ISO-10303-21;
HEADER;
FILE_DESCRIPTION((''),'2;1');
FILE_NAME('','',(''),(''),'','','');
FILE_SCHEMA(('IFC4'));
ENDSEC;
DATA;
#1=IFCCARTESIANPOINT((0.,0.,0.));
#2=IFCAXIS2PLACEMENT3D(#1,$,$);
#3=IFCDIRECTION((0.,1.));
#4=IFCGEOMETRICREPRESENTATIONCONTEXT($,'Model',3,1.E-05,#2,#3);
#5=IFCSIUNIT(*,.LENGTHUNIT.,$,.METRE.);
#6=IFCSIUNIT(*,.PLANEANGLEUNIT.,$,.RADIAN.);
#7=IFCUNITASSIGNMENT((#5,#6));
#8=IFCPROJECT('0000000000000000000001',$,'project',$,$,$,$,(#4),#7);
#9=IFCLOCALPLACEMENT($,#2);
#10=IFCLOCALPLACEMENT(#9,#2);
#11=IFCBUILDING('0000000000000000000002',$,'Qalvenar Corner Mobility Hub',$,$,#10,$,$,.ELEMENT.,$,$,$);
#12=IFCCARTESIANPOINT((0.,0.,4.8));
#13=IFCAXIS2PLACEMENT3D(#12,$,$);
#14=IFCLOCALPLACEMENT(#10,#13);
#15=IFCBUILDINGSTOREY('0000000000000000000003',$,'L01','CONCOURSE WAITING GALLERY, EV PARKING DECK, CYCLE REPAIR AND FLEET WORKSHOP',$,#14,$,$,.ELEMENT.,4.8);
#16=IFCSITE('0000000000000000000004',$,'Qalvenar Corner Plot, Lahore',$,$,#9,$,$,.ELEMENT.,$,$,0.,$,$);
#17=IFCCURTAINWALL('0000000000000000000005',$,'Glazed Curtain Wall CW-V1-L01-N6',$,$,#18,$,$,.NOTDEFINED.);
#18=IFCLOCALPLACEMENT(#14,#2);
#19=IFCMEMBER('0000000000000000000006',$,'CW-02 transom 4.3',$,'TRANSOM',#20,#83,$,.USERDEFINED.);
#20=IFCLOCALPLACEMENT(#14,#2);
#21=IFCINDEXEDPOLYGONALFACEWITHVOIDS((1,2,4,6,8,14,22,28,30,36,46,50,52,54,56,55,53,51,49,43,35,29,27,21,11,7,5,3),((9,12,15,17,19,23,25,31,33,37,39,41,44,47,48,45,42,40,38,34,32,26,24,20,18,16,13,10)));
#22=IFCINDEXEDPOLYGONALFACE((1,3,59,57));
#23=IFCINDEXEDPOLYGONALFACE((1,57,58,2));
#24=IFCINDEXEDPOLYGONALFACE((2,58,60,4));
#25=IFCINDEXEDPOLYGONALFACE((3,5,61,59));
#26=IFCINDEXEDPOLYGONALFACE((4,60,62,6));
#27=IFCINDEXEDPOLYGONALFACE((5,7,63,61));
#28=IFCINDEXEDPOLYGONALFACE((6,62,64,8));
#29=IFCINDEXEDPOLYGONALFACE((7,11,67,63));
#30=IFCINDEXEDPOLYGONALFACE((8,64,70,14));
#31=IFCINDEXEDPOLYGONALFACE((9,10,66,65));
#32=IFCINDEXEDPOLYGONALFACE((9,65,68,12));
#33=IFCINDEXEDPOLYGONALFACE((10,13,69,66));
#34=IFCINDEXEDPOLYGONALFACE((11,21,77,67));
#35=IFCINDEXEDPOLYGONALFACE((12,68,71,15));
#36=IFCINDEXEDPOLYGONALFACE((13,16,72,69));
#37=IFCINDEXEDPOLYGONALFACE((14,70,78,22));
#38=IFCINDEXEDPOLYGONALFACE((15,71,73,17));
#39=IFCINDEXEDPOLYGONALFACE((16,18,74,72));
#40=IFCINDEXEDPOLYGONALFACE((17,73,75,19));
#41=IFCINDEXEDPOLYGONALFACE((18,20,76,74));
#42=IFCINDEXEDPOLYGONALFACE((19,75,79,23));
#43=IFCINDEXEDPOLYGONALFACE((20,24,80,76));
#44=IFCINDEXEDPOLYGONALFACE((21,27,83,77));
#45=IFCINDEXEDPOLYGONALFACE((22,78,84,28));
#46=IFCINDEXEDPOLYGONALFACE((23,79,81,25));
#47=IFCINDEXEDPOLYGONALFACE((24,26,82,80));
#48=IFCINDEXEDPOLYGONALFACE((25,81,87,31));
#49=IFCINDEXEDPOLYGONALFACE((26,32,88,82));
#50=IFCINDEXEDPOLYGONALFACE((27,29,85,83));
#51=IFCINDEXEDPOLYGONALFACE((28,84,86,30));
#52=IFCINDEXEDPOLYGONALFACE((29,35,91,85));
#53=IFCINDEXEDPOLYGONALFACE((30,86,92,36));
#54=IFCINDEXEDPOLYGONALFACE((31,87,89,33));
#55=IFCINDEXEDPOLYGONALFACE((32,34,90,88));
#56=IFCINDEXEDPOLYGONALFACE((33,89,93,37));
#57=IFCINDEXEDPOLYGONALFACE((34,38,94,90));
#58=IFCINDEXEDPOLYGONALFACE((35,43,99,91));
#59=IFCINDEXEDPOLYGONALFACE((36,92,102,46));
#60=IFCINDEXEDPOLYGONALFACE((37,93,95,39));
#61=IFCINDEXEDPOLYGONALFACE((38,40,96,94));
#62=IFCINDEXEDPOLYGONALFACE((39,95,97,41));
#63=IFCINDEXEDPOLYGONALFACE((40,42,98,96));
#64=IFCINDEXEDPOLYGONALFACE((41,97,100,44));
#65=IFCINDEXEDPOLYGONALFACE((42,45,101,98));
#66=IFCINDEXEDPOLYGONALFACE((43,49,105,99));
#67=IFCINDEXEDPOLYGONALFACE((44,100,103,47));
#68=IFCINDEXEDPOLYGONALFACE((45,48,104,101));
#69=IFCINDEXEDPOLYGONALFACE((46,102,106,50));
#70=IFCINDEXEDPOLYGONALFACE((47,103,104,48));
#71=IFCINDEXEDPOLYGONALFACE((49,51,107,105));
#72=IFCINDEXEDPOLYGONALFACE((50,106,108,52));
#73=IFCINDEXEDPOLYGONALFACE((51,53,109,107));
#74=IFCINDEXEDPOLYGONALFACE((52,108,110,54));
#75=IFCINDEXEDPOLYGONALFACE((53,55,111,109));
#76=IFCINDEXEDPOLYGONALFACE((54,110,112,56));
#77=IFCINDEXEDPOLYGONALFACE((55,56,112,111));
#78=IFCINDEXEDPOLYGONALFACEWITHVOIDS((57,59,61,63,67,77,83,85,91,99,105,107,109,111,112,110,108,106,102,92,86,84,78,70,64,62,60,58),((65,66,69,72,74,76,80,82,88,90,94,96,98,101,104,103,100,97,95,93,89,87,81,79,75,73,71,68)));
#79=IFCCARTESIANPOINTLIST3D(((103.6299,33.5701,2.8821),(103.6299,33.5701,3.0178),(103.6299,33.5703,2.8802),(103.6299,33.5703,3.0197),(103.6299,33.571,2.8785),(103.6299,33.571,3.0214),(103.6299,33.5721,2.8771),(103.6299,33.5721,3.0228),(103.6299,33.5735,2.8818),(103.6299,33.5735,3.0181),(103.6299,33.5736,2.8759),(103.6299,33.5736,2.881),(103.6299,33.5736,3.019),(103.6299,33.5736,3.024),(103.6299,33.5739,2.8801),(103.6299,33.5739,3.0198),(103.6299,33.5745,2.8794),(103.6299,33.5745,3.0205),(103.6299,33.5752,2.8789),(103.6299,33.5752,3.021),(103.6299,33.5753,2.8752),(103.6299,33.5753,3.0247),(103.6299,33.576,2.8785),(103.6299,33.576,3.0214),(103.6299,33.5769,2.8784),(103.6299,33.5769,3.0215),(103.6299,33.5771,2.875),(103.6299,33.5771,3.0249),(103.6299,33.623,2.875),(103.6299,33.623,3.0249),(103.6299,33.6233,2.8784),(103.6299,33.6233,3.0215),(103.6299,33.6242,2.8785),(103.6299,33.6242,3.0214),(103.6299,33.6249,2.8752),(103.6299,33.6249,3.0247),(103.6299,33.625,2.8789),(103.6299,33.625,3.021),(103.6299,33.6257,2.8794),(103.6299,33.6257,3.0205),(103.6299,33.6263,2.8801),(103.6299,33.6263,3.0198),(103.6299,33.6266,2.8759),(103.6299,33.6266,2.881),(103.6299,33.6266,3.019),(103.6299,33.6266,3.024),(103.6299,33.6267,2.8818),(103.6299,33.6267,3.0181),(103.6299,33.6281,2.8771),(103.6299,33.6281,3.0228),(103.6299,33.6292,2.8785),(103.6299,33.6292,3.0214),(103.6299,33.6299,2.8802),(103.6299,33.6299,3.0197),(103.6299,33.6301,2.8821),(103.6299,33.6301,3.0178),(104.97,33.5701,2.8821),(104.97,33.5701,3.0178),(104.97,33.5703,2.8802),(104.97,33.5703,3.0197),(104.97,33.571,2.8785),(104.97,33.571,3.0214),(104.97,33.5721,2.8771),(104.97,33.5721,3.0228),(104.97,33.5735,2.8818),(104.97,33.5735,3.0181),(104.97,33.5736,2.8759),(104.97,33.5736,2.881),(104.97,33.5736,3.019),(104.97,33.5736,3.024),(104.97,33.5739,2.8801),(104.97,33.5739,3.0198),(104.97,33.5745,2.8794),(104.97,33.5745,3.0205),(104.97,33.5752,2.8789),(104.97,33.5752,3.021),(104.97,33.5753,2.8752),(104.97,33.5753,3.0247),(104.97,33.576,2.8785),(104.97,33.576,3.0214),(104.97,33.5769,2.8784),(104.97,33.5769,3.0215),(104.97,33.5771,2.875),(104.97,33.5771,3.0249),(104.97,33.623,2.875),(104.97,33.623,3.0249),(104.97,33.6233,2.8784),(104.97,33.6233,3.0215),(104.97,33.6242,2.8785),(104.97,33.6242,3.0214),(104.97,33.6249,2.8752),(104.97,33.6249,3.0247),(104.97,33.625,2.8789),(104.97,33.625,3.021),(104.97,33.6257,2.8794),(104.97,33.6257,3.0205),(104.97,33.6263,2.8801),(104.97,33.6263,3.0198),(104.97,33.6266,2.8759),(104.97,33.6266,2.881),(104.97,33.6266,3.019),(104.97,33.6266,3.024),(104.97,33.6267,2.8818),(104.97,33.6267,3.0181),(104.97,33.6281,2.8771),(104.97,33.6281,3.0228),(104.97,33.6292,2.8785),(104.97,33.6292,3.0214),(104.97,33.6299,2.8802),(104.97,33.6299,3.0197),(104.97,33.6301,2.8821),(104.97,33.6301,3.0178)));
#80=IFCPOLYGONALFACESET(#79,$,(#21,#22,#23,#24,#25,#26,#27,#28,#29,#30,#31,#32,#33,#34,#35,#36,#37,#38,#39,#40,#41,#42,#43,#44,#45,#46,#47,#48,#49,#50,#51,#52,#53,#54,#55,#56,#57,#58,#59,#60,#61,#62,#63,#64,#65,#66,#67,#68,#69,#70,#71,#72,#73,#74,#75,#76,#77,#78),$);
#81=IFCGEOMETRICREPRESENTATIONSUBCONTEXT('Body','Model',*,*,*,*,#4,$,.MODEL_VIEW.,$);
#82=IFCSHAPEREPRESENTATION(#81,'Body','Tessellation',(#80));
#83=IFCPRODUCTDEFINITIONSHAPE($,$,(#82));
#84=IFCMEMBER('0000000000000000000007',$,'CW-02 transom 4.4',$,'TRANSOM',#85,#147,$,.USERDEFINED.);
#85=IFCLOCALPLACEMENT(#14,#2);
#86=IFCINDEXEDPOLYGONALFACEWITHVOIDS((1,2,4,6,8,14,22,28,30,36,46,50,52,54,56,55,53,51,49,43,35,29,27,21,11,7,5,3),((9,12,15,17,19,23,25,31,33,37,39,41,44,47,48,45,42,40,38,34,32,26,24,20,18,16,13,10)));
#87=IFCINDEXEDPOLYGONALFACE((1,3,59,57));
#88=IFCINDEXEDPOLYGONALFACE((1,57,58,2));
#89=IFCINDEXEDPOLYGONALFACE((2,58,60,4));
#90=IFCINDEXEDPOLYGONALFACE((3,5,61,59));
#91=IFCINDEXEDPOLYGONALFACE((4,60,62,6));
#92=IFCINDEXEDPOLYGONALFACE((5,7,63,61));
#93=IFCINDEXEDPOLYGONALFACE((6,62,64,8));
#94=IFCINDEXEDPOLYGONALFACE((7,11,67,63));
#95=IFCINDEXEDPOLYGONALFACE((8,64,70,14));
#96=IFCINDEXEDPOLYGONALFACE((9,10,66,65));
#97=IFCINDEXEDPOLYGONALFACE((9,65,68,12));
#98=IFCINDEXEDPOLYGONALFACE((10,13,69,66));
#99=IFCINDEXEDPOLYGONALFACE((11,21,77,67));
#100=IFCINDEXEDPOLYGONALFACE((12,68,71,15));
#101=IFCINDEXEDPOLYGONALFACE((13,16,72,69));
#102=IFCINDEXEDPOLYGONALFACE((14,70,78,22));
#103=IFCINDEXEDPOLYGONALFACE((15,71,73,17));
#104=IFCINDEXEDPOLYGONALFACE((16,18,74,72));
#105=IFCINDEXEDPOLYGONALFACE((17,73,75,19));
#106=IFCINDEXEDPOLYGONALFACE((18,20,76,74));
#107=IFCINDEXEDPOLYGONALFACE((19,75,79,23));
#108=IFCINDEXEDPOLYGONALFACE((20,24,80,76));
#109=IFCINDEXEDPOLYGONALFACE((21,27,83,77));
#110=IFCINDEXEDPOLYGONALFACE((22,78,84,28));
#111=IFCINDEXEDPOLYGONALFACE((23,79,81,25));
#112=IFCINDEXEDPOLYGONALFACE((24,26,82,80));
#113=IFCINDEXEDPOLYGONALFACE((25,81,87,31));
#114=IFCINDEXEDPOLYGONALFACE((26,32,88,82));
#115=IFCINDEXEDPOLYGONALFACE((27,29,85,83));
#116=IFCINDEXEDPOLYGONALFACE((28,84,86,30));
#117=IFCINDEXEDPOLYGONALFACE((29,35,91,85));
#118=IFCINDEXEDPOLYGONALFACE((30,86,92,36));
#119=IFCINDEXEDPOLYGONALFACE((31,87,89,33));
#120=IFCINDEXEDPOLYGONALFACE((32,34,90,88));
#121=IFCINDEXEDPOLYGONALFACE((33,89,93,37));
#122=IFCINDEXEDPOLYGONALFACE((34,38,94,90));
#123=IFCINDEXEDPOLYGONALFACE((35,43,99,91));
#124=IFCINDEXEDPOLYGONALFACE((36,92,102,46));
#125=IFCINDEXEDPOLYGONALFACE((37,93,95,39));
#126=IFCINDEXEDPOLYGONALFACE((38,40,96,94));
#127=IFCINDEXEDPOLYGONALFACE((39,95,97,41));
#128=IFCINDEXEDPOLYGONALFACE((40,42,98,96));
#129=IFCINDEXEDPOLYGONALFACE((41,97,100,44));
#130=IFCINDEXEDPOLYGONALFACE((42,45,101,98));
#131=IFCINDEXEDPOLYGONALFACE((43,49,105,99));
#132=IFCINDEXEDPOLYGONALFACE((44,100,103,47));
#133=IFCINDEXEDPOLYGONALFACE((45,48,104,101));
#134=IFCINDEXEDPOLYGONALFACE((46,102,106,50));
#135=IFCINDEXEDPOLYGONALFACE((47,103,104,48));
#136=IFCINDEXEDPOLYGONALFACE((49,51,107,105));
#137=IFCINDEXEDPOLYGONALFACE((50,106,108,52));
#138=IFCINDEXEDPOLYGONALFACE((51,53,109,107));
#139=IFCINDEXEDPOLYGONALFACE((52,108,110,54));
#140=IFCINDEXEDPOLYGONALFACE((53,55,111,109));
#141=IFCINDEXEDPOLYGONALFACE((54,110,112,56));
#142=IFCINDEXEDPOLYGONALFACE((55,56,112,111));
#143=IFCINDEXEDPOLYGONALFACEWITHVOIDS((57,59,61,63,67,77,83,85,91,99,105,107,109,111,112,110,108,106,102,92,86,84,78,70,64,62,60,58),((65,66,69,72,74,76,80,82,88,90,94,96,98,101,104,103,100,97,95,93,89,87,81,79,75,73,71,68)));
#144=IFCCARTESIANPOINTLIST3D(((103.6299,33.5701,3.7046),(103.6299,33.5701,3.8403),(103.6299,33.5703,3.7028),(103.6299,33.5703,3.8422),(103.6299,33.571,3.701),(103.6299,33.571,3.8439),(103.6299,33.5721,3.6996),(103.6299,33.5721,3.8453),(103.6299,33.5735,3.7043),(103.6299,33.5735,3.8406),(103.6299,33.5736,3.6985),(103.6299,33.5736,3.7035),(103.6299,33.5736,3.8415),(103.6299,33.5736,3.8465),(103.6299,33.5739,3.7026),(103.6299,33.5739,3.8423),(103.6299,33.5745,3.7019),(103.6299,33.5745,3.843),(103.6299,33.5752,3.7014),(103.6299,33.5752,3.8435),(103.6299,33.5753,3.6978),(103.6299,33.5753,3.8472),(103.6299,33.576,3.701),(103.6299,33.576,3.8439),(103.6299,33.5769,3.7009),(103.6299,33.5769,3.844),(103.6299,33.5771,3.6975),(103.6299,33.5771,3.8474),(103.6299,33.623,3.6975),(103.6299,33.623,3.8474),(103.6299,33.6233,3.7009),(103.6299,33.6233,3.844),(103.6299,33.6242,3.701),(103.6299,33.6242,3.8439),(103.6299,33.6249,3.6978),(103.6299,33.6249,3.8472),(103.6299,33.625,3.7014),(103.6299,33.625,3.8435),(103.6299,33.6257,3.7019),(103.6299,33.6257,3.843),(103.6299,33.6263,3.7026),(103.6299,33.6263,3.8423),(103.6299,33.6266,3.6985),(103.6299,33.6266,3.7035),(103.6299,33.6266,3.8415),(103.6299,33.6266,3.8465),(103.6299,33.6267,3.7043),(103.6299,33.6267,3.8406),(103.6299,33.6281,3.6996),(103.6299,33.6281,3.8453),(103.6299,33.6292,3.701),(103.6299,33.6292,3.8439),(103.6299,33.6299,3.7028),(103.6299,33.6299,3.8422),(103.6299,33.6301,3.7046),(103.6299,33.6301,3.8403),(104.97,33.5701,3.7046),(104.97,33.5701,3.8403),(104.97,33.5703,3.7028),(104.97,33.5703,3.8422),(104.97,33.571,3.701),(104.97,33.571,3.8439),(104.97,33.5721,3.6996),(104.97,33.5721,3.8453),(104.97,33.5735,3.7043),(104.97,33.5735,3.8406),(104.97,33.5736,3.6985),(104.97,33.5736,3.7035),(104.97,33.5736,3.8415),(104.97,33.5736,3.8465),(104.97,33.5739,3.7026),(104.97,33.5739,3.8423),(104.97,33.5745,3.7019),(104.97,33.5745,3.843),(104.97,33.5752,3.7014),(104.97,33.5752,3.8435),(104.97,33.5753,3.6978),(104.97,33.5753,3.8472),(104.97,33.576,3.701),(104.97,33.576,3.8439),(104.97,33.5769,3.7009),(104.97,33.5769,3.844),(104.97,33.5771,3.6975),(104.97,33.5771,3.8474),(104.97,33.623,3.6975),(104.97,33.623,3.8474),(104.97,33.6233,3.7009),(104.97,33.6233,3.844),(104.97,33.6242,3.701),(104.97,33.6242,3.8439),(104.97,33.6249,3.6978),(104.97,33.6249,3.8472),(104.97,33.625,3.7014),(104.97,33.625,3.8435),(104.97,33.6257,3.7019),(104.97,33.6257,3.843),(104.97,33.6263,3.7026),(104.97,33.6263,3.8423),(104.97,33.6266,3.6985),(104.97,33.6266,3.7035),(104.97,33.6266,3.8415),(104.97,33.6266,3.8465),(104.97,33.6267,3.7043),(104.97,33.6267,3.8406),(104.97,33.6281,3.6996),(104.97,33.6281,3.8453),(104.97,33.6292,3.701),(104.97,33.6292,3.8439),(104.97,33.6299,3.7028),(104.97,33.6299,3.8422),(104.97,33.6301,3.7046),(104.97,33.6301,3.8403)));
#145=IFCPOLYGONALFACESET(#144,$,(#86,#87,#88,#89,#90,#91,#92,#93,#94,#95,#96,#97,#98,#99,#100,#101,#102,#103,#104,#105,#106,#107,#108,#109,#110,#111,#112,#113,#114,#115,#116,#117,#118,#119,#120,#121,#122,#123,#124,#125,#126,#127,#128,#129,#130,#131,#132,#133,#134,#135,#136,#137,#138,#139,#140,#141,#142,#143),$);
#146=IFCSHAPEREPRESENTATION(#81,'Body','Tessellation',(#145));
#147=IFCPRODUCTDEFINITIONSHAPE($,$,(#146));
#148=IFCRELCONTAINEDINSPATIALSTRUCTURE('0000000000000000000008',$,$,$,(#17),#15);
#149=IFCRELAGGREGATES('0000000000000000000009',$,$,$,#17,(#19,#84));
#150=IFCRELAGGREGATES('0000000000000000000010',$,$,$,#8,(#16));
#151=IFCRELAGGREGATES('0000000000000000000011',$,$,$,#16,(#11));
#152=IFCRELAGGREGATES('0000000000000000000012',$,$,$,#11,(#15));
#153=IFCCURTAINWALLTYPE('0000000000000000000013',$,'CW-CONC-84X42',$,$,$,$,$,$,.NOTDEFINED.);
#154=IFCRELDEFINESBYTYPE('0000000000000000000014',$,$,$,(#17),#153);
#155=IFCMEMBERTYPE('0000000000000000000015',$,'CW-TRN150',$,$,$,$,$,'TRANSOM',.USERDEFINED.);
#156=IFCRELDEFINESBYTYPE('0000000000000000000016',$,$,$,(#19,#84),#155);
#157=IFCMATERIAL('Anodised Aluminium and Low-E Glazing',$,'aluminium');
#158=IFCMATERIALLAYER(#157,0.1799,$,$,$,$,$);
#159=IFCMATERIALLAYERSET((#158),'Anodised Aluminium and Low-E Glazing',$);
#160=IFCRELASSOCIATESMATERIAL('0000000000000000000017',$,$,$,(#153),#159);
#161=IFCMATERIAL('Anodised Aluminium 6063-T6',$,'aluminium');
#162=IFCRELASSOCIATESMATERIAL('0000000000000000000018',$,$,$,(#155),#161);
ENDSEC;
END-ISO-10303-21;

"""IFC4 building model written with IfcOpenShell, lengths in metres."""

from ifc_helpers import new_model, si_unit, direction, frame, origin, origin_2d, place, context, subcontext, project, spatial, hollow_rectangle, extrude, material, layer, layer_set, material_profile, profile_set, type_object, element, aggregate, save


model = new_model("IFC4")

# Units and contexts
model_context = context("Model", 3, precision=1e-05, world=origin(), true_north=direction((0.0, 1.0)))
body_context = subcontext(model_context, "Body", "Model", "MODEL_VIEW")
ifc_project = project(units=[si_unit("LENGTHUNIT", "METRE"), si_unit("PLANEANGLEUNIT", "RADIAN")], contexts=[model_context])

# Site, building, storey
site_placement = place(None, origin())
site = spatial("IfcSite", under=ifc_project, at=site_placement, Name="Qalvenar Corner Plot, Lahore", CompositionType="ELEMENT", RefElevation=0.0)
building_placement = place(site_placement, origin())
building = spatial("IfcBuilding", under=site, at=building_placement, Name="Qalvenar Corner Mobility Hub", CompositionType="ELEMENT")
storey_placement = place(building_placement, frame((0.0, 0.0, 4.8)))
storey = spatial("IfcBuildingStorey", under=building, at=storey_placement, Name="L01", Description="CONCOURSE WAITING GALLERY, EV PARKING DECK, CYCLE REPAIR AND FLEET WORKSHOP", CompositionType="ELEMENT", Elevation=4.8)

# Curtain wall, members
ifc_material_1 = material(Name="Anodised Aluminium and Low-E Glazing", Category="aluminium")
ifc_layer_1 = layer(ifc_material_1, 0.1799)
ifc_layer_set_1 = layer_set([ifc_layer_1], Name="Anodised Aluminium and Low-E Glazing")
curtain_wall_type = type_object("IfcCurtainWallType", Name="CW-CONC-84X42", PredefinedType="NOTDEFINED", material=ifc_layer_set_1)
curtain_wall_placement = place(storey_placement, origin())
curtain_wall = element("IfcCurtainWall", 1, at=curtain_wall_placement, inside=storey, type_object=curtain_wall_type, Name="Glazed Curtain Wall CW-V1-L01-N6", PredefinedType="NOTDEFINED")
ifc_material_2 = material(Name="Anodised Aluminium 6063-T6", Category="aluminium")
ifc_material_profile_1 = material_profile(ifc_material_2, hollow_rectangle(XDim=0.0601, YDim=0.1499, WallThickness=0.0034, InnerFilletRadius=0.0034, OuterFilletRadius=0.0071, at=origin_2d()), Name="RHS150x60x3.5")
ifc_profile_set_1 = profile_set([ifc_material_profile_1], Name="Anodised Aluminium 6063-T6")
member_type_1 = type_object("IfcMemberType", Name="CW-TRN150", ElementType="TRANSOM", PredefinedType="USERDEFINED", material=ifc_profile_set_1)
member_1_placement = place(storey_placement, frame((104.97, 33.6001, 2.95), z_axis=(-1.0, 0.0, 0.0), x_axis=(0.0, -1.0, 0.0)))
member_1 = element("IfcMember", 2, at=member_1_placement, type_object=member_type_1, Name="CW-02 transom 4.3", ObjectType="TRANSOM", PredefinedType="USERDEFINED", context=body_context, shape_type="SweptSolid", body=[
    extrude(hollow_rectangle(XDim=0.0601, YDim=0.1499, WallThickness=0.0034, InnerFilletRadius=0.0034, OuterFilletRadius=0.0071, at=origin_2d()), origin(), (0.0, 0.0, 1.0), 1.3401),
])
member_2_placement = place(storey_placement, frame((104.97, 33.6001, 3.7725), z_axis=(-1.0, 0.0, 0.0), x_axis=(0.0, -1.0, 0.0)))
member_2 = element("IfcMember", 3, at=member_2_placement, type_object=member_type_1, Name="CW-02 transom 4.4", ObjectType="TRANSOM", PredefinedType="USERDEFINED", context=body_context, shape_type="SweptSolid", body=[
    extrude(hollow_rectangle(XDim=0.0601, YDim=0.1499, WallThickness=0.0034, InnerFilletRadius=0.0034, OuterFilletRadius=0.0071, at=origin_2d()), origin(), (0.0, 0.0, 1.0), 1.3401),
])
aggregate(curtain_wall, [member_1, member_2])

save(model, "model.ifc")
